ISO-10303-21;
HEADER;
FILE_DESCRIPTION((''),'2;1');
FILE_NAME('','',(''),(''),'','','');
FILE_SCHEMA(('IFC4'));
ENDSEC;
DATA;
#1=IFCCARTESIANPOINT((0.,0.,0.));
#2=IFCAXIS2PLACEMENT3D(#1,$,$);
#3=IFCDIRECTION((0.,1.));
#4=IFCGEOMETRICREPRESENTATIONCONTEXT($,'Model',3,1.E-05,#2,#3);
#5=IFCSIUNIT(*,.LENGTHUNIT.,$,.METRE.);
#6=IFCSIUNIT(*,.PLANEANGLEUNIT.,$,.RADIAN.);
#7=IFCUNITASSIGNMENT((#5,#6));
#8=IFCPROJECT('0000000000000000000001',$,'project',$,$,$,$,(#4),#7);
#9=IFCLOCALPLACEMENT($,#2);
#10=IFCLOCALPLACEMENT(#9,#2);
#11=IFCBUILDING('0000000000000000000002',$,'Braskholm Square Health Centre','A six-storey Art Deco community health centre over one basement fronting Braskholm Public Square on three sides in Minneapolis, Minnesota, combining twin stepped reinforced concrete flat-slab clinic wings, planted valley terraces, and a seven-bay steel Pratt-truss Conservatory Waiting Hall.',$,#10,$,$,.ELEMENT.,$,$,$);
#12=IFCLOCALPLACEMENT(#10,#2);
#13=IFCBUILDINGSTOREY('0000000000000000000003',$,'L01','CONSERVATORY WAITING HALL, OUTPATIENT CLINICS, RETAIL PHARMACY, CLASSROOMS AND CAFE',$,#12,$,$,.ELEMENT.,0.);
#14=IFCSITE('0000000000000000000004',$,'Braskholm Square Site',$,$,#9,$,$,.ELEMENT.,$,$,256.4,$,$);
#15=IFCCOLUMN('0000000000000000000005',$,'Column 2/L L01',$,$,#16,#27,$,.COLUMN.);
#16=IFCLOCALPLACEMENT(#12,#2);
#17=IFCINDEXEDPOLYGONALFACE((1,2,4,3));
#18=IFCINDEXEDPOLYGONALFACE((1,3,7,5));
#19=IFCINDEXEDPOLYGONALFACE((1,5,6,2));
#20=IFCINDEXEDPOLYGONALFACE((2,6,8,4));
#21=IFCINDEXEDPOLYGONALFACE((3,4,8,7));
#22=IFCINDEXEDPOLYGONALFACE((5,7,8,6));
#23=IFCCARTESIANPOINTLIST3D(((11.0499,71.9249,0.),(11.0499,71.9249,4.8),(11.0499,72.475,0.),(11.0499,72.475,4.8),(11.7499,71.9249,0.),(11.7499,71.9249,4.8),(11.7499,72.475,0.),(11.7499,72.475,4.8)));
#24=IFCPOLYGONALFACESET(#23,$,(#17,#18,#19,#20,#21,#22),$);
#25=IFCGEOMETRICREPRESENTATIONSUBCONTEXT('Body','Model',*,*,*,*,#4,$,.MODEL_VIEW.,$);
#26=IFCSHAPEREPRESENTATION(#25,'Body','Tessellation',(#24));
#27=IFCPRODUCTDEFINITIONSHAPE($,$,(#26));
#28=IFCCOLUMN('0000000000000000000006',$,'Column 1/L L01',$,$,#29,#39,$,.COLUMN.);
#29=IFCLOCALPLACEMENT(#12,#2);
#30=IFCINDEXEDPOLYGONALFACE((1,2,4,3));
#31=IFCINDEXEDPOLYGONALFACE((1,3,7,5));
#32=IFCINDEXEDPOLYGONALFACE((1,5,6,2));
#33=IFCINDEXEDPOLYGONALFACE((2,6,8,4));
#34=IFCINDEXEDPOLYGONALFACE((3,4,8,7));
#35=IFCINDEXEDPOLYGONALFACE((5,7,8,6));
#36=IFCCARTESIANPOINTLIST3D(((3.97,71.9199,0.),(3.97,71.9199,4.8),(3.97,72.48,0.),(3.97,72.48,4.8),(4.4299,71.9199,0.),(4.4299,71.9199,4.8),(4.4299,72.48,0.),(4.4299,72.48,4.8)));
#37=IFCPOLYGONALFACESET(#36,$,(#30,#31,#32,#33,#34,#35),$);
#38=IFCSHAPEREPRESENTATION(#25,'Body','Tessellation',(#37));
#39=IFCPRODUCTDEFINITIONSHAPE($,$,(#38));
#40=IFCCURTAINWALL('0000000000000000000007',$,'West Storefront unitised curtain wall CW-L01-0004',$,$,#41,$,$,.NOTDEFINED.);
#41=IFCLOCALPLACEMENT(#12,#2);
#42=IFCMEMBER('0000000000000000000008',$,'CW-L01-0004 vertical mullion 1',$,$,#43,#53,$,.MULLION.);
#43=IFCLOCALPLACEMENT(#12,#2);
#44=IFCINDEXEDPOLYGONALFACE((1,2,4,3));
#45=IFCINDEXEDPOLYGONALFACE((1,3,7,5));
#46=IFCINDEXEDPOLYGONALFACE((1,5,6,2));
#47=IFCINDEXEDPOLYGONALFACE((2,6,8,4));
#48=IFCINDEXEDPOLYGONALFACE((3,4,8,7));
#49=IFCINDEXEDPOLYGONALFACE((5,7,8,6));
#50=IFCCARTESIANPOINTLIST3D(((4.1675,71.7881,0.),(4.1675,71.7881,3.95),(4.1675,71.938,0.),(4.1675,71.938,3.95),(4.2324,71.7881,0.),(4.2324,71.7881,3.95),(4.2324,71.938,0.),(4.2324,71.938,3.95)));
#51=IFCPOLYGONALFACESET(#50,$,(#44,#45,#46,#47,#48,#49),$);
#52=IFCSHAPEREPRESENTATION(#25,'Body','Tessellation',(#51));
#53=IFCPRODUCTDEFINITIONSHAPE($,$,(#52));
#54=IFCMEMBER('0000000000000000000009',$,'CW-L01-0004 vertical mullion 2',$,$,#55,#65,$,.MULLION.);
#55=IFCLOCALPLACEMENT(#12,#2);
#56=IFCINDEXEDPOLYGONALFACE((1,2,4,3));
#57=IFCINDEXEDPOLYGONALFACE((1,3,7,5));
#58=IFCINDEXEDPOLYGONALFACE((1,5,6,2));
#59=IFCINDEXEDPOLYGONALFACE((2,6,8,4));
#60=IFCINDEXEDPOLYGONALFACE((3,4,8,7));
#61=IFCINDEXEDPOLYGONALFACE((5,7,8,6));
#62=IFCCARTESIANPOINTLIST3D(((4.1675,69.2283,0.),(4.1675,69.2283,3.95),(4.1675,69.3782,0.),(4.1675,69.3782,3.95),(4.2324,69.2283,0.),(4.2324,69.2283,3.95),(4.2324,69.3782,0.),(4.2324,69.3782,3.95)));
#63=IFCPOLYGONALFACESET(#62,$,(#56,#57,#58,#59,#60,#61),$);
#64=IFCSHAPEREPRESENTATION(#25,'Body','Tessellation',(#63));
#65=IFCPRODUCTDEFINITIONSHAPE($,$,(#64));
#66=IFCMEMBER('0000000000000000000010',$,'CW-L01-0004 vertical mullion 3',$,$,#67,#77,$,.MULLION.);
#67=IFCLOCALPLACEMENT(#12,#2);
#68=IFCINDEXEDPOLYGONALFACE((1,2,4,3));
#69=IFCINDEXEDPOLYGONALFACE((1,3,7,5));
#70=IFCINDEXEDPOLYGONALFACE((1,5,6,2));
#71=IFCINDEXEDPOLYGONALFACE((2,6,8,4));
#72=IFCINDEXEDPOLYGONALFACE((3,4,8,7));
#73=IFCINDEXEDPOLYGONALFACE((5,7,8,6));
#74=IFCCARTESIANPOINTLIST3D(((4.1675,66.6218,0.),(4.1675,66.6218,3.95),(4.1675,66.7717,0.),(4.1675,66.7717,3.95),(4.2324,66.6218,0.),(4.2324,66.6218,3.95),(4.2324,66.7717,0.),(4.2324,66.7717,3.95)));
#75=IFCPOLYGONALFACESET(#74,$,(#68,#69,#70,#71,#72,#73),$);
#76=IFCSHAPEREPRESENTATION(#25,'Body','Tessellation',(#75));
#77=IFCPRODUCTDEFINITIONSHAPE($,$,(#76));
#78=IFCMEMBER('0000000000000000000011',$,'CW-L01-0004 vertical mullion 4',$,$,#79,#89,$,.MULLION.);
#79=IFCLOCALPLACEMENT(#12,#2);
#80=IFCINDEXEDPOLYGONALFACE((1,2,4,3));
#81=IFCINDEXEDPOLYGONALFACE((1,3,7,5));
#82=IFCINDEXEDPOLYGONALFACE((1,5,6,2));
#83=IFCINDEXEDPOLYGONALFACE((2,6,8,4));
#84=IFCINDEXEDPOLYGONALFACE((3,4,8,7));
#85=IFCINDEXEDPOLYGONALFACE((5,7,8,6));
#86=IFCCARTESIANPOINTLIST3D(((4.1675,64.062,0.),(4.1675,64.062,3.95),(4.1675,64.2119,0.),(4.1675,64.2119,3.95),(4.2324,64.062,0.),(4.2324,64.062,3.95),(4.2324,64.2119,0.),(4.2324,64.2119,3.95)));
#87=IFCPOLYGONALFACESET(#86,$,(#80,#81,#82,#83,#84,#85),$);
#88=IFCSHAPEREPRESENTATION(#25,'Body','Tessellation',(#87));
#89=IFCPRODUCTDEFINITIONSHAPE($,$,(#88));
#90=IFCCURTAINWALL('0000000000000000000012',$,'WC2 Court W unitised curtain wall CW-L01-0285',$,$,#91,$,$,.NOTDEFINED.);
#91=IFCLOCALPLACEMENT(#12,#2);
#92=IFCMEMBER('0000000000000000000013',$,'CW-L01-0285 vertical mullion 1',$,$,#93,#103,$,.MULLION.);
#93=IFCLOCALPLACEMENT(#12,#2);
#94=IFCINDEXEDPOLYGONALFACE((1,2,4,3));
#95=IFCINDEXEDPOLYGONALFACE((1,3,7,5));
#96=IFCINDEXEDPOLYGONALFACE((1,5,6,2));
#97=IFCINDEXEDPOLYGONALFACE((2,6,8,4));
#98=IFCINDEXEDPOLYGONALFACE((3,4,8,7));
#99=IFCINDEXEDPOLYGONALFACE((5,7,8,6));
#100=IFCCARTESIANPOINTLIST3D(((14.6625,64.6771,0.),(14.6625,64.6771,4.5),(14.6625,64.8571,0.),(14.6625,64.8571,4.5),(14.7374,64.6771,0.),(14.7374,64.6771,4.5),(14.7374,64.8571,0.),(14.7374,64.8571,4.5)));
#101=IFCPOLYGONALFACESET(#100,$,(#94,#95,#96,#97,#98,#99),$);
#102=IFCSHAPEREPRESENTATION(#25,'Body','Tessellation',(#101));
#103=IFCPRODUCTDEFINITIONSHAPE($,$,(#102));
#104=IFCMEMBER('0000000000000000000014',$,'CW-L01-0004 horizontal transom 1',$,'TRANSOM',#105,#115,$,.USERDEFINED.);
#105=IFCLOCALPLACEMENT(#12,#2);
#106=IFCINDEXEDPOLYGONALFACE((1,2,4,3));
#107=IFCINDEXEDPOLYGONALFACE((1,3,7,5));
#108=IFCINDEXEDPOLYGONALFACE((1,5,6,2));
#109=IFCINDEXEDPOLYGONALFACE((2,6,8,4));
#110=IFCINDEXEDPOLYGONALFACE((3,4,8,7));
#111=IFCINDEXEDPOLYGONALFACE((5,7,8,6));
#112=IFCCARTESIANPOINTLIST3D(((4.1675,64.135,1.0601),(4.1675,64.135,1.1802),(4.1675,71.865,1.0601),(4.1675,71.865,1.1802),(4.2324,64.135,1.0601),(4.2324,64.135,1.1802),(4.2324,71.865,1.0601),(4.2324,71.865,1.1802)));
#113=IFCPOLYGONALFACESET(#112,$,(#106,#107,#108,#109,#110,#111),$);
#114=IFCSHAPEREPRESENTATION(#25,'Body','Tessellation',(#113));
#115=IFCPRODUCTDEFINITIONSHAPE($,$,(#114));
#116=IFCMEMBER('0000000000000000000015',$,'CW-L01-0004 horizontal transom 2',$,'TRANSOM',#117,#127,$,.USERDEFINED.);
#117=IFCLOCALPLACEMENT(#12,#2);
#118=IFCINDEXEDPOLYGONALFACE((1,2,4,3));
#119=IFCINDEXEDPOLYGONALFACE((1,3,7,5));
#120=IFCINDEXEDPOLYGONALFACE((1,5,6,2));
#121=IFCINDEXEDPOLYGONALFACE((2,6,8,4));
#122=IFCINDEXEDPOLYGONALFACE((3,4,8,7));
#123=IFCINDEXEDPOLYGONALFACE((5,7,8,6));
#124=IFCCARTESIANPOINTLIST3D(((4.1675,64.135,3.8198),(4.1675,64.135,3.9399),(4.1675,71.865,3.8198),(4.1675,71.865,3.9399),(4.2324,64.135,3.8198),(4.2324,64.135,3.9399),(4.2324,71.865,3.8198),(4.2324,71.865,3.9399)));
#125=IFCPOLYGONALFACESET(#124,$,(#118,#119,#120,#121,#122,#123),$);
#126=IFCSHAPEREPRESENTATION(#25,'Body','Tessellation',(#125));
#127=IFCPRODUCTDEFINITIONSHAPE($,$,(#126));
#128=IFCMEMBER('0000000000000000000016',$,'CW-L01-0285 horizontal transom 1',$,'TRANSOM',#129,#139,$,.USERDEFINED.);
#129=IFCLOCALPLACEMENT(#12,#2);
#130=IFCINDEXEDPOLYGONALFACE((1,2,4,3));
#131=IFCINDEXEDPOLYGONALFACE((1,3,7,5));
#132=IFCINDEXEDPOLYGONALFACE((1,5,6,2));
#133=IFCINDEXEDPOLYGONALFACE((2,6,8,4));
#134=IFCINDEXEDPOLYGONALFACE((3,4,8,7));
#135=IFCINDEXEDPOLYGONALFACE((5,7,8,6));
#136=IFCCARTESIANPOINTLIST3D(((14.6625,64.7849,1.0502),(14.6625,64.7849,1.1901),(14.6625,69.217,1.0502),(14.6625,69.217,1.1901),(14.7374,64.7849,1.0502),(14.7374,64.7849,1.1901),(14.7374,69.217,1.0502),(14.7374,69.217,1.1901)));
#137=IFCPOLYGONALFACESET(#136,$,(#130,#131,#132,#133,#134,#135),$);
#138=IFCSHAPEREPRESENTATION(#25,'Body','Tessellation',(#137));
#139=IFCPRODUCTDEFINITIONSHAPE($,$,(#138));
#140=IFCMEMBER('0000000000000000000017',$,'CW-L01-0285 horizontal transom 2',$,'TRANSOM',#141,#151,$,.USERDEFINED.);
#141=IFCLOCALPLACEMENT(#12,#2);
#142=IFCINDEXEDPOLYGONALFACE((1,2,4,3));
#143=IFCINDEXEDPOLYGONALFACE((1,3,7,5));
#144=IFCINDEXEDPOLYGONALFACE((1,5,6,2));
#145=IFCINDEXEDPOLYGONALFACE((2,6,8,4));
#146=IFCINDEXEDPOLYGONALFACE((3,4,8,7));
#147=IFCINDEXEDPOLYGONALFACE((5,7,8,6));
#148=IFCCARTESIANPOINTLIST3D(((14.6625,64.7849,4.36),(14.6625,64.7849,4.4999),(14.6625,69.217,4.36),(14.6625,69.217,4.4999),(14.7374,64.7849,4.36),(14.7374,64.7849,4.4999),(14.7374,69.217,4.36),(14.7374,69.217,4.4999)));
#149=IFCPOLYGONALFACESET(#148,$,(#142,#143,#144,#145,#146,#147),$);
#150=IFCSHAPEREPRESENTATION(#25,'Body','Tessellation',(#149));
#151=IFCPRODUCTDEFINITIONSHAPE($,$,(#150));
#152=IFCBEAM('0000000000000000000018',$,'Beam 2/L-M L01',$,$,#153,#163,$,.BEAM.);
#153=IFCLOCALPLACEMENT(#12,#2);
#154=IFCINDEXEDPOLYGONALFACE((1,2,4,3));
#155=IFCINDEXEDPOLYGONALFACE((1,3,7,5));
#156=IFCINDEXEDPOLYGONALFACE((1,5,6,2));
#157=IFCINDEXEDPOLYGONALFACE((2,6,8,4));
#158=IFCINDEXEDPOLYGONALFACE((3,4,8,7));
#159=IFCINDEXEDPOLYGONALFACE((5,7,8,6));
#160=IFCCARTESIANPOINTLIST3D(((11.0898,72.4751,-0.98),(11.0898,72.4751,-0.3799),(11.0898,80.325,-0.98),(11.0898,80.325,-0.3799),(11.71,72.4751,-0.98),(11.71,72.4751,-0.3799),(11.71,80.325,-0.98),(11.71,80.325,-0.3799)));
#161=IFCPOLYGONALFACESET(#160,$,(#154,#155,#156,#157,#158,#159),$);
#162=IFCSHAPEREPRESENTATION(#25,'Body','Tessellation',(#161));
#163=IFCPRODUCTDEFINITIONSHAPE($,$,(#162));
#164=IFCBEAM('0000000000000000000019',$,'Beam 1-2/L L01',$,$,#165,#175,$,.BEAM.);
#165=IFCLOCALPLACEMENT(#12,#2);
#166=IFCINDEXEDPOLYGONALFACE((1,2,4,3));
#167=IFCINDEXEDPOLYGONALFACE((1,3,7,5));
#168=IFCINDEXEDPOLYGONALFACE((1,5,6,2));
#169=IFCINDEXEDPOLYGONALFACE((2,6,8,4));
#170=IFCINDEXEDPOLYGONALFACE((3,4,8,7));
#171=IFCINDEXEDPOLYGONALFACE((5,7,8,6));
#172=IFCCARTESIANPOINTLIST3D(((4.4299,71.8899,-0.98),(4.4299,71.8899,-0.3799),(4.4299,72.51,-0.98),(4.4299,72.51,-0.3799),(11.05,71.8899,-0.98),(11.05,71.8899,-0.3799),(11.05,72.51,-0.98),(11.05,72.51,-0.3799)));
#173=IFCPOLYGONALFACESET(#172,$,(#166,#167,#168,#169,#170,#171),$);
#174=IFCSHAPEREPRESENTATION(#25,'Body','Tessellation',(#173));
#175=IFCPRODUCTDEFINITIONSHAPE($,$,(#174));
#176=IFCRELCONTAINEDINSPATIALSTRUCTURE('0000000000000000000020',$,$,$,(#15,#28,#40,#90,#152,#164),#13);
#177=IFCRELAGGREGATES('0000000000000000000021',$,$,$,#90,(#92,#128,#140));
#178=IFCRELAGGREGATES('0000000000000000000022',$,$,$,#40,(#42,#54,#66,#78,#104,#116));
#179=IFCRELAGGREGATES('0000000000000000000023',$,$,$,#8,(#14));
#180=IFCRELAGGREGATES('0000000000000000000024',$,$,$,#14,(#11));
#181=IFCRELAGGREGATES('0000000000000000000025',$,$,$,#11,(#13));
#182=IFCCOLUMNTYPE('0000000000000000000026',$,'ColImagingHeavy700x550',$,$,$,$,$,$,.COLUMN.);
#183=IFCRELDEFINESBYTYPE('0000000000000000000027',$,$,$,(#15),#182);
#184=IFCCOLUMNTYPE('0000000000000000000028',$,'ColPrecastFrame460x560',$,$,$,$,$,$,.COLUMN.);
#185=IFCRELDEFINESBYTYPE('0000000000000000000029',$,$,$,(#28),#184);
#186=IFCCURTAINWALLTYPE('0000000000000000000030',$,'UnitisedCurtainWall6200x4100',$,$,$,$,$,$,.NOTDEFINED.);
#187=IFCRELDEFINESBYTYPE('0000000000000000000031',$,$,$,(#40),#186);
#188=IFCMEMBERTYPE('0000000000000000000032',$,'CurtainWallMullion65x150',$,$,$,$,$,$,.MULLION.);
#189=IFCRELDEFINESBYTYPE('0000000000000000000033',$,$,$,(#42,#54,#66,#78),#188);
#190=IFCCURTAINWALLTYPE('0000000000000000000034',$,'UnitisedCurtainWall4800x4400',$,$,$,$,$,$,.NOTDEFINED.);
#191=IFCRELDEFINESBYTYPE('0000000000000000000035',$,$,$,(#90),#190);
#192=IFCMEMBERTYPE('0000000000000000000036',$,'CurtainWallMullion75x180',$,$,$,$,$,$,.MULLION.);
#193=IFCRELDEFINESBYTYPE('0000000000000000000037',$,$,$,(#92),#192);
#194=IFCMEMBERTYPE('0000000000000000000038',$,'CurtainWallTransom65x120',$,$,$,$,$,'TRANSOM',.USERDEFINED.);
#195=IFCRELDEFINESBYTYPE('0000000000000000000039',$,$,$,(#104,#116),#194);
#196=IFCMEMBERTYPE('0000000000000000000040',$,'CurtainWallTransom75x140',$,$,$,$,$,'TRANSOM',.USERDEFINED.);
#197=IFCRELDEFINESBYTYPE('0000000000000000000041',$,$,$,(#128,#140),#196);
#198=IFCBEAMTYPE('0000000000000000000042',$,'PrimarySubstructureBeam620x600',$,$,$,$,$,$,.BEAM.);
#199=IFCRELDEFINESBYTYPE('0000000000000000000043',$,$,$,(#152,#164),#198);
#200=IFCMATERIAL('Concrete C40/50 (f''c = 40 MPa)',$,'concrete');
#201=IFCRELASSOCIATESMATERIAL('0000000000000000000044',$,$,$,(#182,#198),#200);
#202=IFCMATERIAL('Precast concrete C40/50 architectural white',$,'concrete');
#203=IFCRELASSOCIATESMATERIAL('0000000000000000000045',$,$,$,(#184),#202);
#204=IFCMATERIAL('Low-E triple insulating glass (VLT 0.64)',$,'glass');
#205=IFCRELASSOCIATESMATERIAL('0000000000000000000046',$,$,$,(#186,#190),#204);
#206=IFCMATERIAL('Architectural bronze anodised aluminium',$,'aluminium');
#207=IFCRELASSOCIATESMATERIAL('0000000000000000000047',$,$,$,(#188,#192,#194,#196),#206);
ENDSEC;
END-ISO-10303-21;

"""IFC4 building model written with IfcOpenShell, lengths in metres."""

from ifc_helpers import new_model, si_unit, direction, frame, origin, origin_2d, place, context, subcontext, project, spatial, rectangle, extrude, material, material_profile, profile_set, type_object, element, aggregate, save


model = new_model("IFC4")

# Units and contexts
model_context = context("Model", 3, precision=1e-05, world=origin(), true_north=direction((0.0, 1.0)))
body_context = subcontext(model_context, "Body", "Model", "MODEL_VIEW")
ifc_project = project(units=[si_unit("LENGTHUNIT", "METRE"), si_unit("PLANEANGLEUNIT", "RADIAN")], contexts=[model_context])

# Site, building, storey
site_placement = place(None, origin())
site = spatial("IfcSite", under=ifc_project, at=site_placement, Name="Braskholm Square Site", CompositionType="ELEMENT", RefElevation=256.4)
building_placement = place(site_placement, origin())
building = spatial("IfcBuilding", under=site, at=building_placement, Name="Braskholm Square Health Centre", Description="A six-storey Art Deco community health centre over one basement fronting Braskholm Public Square on three sides in Minneapolis, Minnesota, combining twin stepped reinforced concrete flat-slab clinic wings, planted valley terraces, and a seven-bay steel Pratt-truss Conservatory Waiting Hall.", CompositionType="ELEMENT")
storey_placement = place(building_placement, origin())
storey = spatial("IfcBuildingStorey", under=building, at=storey_placement, Name="L01", Description="CONSERVATORY WAITING HALL, OUTPATIENT CLINICS, RETAIL PHARMACY, CLASSROOMS AND CAFE", CompositionType="ELEMENT", Elevation=0.0)

# Columns
ifc_material_1 = material(Name="Concrete C40/50 (f'c = 40 MPa)", Category="concrete")
ifc_material_profile_1 = material_profile(ifc_material_1, rectangle(XDim=0.7, YDim=0.55, at=origin_2d()), Name="RC-700X550")
ifc_profile_set_1 = profile_set([ifc_material_profile_1], Name="Concrete C40/50 (f'c = 40 MPa)")
column_type_1 = type_object("IfcColumnType", Name="ColImagingHeavy700x550", PredefinedType="COLUMN", material=ifc_profile_set_1)
column_1_placement = place(storey_placement, frame((11.3999, 72.2, 0.0), z_axis=(0.0, 0.0, 1.0), x_axis=(1.0, 0.0, 0.0)))
element("IfcColumn", 1, at=column_1_placement, inside=storey, type_object=column_type_1, Name="Column 2/L L01", PredefinedType="COLUMN", context=body_context, shape_type="SweptSolid", body=[
    extrude(rectangle(XDim=0.7, YDim=0.55, at=origin_2d()), origin(), (0.0, 0.0, 1.0), 4.8),
])
ifc_material_2 = material(Name="Precast concrete C40/50 architectural white", Category="concrete")
ifc_material_profile_2 = material_profile(ifc_material_2, rectangle(XDim=0.46, YDim=0.5601, at=origin_2d()), Name="RC-460X560")
ifc_profile_set_2 = profile_set([ifc_material_profile_2], Name="Precast concrete C40/50 architectural white")
column_type_2 = type_object("IfcColumnType", Name="ColPrecastFrame460x560", PredefinedType="COLUMN", material=ifc_profile_set_2)
column_2_placement = place(storey_placement, frame((4.2, 72.2, 0.0), z_axis=(0.0, 0.0, 1.0), x_axis=(1.0, 0.0, 0.0)))
element("IfcColumn", 2, at=column_2_placement, inside=storey, type_object=column_type_2, Name="Column 1/L L01", PredefinedType="COLUMN", context=body_context, shape_type="SweptSolid", body=[
    extrude(rectangle(XDim=0.46, YDim=0.5601, at=origin_2d()), origin(), (0.0, 0.0, 1.0), 4.8),
])

# Curtain wall, members
ifc_material_3 = material(Name="Low-E triple insulating glass (VLT 0.64)", Category="glass")
curtain_wall_type_1 = type_object("IfcCurtainWallType", Name="UnitisedCurtainWall6200x4100", PredefinedType="NOTDEFINED", material=ifc_material_3)
curtain_wall_1_placement = place(storey_placement, origin())
curtain_wall_1 = element("IfcCurtainWall", 3, at=curtain_wall_1_placement, inside=storey, type_object=curtain_wall_type_1, Name="West Storefront unitised curtain wall CW-L01-0004", PredefinedType="NOTDEFINED")
ifc_material_4 = material(Name="Architectural bronze anodised aluminium", Category="aluminium")
ifc_material_profile_3 = material_profile(ifc_material_4, rectangle(XDim=0.0649, YDim=0.1499, at=origin_2d()), Name="ALU-65X150")
ifc_profile_set_3 = profile_set([ifc_material_profile_3], Name="Architectural bronze anodised aluminium")
member_type_1 = type_object("IfcMemberType", Name="CurtainWallMullion65x150", PredefinedType="MULLION", material=ifc_profile_set_3)
member_1_placement = place(storey_placement, frame((4.2, 71.863, 0.0), z_axis=(0.0, 0.0, 1.0), x_axis=(1.0, 0.0, 0.0)))
member_1 = element("IfcMember", 4, at=member_1_placement, type_object=member_type_1, Name="CW-L01-0004 vertical mullion 1", PredefinedType="MULLION", context=body_context, shape_type="SweptSolid", body=[
    extrude(rectangle(XDim=0.0649, YDim=0.1499, at=origin_2d()), origin(), (0.0, 0.0, 1.0), 3.95),
])
member_2_placement = place(storey_placement, frame((4.2, 69.3032, 0.0), z_axis=(0.0, 0.0, 1.0), x_axis=(1.0, 0.0, 0.0)))
member_2 = element("IfcMember", 5, at=member_2_placement, type_object=member_type_1, Name="CW-L01-0004 vertical mullion 2", PredefinedType="MULLION", context=body_context, shape_type="SweptSolid", body=[
    extrude(rectangle(XDim=0.0649, YDim=0.1499, at=origin_2d()), origin(), (0.0, 0.0, 1.0), 3.95),
])
member_3_placement = place(storey_placement, frame((4.2, 66.6968, 0.0), z_axis=(0.0, 0.0, 1.0), x_axis=(1.0, 0.0, 0.0)))
member_3 = element("IfcMember", 6, at=member_3_placement, type_object=member_type_1, Name="CW-L01-0004 vertical mullion 3", PredefinedType="MULLION", context=body_context, shape_type="SweptSolid", body=[
    extrude(rectangle(XDim=0.0649, YDim=0.1499, at=origin_2d()), origin(), (0.0, 0.0, 1.0), 3.95),
])
member_4_placement = place(storey_placement, frame((4.2, 64.137, 0.0), z_axis=(0.0, 0.0, 1.0), x_axis=(1.0, 0.0, 0.0)))
member_4 = element("IfcMember", 7, at=member_4_placement, type_object=member_type_1, Name="CW-L01-0004 vertical mullion 4", PredefinedType="MULLION", context=body_context, shape_type="SweptSolid", body=[
    extrude(rectangle(XDim=0.0649, YDim=0.1499, at=origin_2d()), origin(), (0.0, 0.0, 1.0), 3.95),
])

# Curtain wall, member
curtain_wall_type_2 = type_object("IfcCurtainWallType", Name="UnitisedCurtainWall4800x4400", PredefinedType="NOTDEFINED", material=ifc_material_3)
curtain_wall_2_placement = place(storey_placement, origin())
curtain_wall_2 = element("IfcCurtainWall", 8, at=curtain_wall_2_placement, inside=storey, type_object=curtain_wall_type_2, Name="WC2 Court W unitised curtain wall CW-L01-0285", PredefinedType="NOTDEFINED")
ifc_material_profile_4 = material_profile(ifc_material_4, rectangle(XDim=0.075, YDim=0.1799, at=origin_2d()), Name="ALU-75X180")
ifc_profile_set_4 = profile_set([ifc_material_profile_4], Name="Architectural bronze anodised aluminium")
member_type_2 = type_object("IfcMemberType", Name="CurtainWallMullion75x180", PredefinedType="MULLION", material=ifc_profile_set_4)
member_5_placement = place(storey_placement, frame((14.7, 64.7671, 0.0), z_axis=(0.0, 0.0, 1.0), x_axis=(1.0, 0.0, 0.0)))
member_5 = element("IfcMember", 9, at=member_5_placement, type_object=member_type_2, Name="CW-L01-0285 vertical mullion 1", PredefinedType="MULLION", context=body_context, shape_type="SweptSolid", body=[
    extrude(rectangle(XDim=0.075, YDim=0.1799, at=origin_2d()), origin(), (0.0, 0.0, 1.0), 4.5),
])

# Members
ifc_material_profile_5 = material_profile(ifc_material_4, rectangle(XDim=0.0649, YDim=0.1201, at=origin_2d()), Name="ALU-65X120")
ifc_profile_set_5 = profile_set([ifc_material_profile_5], Name="Architectural bronze anodised aluminium")
member_type_3 = type_object("IfcMemberType", Name="CurtainWallTransom65x120", ElementType="TRANSOM", PredefinedType="USERDEFINED", material=ifc_profile_set_5)
member_6_placement = place(storey_placement, frame((4.2, 71.865, 1.1201), z_axis=(0.0, -1.0, 0.0), x_axis=(1.0, 0.0, 0.0)))
member_6 = element("IfcMember", 10, at=member_6_placement, type_object=member_type_3, Name="CW-L01-0004 horizontal transom 1", ObjectType="TRANSOM", PredefinedType="USERDEFINED", context=body_context, shape_type="SweptSolid", body=[
    extrude(rectangle(XDim=0.0649, YDim=0.1201, at=origin_2d()), origin(), (0.0, 0.0, 1.0), 7.73),
])
member_7_placement = place(storey_placement, frame((4.2, 71.865, 3.8799), z_axis=(0.0, -1.0, 0.0), x_axis=(1.0, 0.0, 0.0)))
member_7 = element("IfcMember", 11, at=member_7_placement, type_object=member_type_3, Name="CW-L01-0004 horizontal transom 2", ObjectType="TRANSOM", PredefinedType="USERDEFINED", context=body_context, shape_type="SweptSolid", body=[
    extrude(rectangle(XDim=0.0649, YDim=0.1201, at=origin_2d()), origin(), (0.0, 0.0, 1.0), 7.73),
])
ifc_material_profile_6 = material_profile(ifc_material_4, rectangle(XDim=0.075, YDim=0.1399, at=origin_2d()), Name="ALU-75X140")
ifc_profile_set_6 = profile_set([ifc_material_profile_6], Name="Architectural bronze anodised aluminium")
member_type_4 = type_object("IfcMemberType", Name="CurtainWallTransom75x140", ElementType="TRANSOM", PredefinedType="USERDEFINED", material=ifc_profile_set_6)
member_8_placement = place(storey_placement, frame((14.7, 64.7849, 1.1201), z_axis=(0.0, 1.0, 0.0), x_axis=(-1.0, 0.0, 0.0)))
member_8 = element("IfcMember", 12, at=member_8_placement, type_object=member_type_4, Name="CW-L01-0285 horizontal transom 1", ObjectType="TRANSOM", PredefinedType="USERDEFINED", context=body_context, shape_type="SweptSolid", body=[
    extrude(rectangle(XDim=0.075, YDim=0.1399, at=origin_2d()), origin(), (0.0, 0.0, 1.0), 4.4321),
])
member_9_placement = place(storey_placement, frame((14.7, 64.7849, 4.4299), z_axis=(0.0, 1.0, 0.0), x_axis=(-1.0, 0.0, 0.0)))
member_9 = element("IfcMember", 13, at=member_9_placement, type_object=member_type_4, Name="CW-L01-0285 horizontal transom 2", ObjectType="TRANSOM", PredefinedType="USERDEFINED", context=body_context, shape_type="SweptSolid", body=[
    extrude(rectangle(XDim=0.075, YDim=0.1399, at=origin_2d()), origin(), (0.0, 0.0, 1.0), 4.4321),
])

# Beams
ifc_material_profile_7 = material_profile(ifc_material_1, rectangle(XDim=0.6201, YDim=0.6001, at=origin_2d()), Name="RCB-620X600")
ifc_profile_set_7 = profile_set([ifc_material_profile_7], Name="Concrete C40/50 (f'c = 40 MPa)")
beam_type = type_object("IfcBeamType", Name="PrimarySubstructureBeam620x600", PredefinedType="BEAM", material=ifc_profile_set_7)
beam_1_placement = place(storey_placement, frame((11.3999, 72.4751, -0.6799), z_axis=(0.0, 1.0, 0.0), x_axis=(-1.0, 0.0, 0.0)))
element("IfcBeam", 14, at=beam_1_placement, inside=storey, type_object=beam_type, Name="Beam 2/L-M L01", PredefinedType="BEAM", context=body_context, shape_type="SweptSolid", body=[
    extrude(rectangle(XDim=0.6201, YDim=0.6001, at=origin_2d()), origin(), (0.0, 0.0, 1.0), 7.8499),
])
beam_2_placement = place(storey_placement, frame((4.4299, 72.2, -0.6799), z_axis=(1.0, 0.0, 0.0), x_axis=(0.0, 1.0, 0.0)))
element("IfcBeam", 15, at=beam_2_placement, inside=storey, type_object=beam_type, Name="Beam 1-2/L L01", PredefinedType="BEAM", context=body_context, shape_type="SweptSolid", body=[
    extrude(rectangle(XDim=0.6201, YDim=0.6001, at=origin_2d()), origin(), (0.0, 0.0, 1.0), 6.6201),
])

aggregate(curtain_wall_2, [member_5, member_8, member_9])
aggregate(curtain_wall_1, [member_1, member_2, member_3, member_4, member_6, member_7])

save(model, "model.ifc")
